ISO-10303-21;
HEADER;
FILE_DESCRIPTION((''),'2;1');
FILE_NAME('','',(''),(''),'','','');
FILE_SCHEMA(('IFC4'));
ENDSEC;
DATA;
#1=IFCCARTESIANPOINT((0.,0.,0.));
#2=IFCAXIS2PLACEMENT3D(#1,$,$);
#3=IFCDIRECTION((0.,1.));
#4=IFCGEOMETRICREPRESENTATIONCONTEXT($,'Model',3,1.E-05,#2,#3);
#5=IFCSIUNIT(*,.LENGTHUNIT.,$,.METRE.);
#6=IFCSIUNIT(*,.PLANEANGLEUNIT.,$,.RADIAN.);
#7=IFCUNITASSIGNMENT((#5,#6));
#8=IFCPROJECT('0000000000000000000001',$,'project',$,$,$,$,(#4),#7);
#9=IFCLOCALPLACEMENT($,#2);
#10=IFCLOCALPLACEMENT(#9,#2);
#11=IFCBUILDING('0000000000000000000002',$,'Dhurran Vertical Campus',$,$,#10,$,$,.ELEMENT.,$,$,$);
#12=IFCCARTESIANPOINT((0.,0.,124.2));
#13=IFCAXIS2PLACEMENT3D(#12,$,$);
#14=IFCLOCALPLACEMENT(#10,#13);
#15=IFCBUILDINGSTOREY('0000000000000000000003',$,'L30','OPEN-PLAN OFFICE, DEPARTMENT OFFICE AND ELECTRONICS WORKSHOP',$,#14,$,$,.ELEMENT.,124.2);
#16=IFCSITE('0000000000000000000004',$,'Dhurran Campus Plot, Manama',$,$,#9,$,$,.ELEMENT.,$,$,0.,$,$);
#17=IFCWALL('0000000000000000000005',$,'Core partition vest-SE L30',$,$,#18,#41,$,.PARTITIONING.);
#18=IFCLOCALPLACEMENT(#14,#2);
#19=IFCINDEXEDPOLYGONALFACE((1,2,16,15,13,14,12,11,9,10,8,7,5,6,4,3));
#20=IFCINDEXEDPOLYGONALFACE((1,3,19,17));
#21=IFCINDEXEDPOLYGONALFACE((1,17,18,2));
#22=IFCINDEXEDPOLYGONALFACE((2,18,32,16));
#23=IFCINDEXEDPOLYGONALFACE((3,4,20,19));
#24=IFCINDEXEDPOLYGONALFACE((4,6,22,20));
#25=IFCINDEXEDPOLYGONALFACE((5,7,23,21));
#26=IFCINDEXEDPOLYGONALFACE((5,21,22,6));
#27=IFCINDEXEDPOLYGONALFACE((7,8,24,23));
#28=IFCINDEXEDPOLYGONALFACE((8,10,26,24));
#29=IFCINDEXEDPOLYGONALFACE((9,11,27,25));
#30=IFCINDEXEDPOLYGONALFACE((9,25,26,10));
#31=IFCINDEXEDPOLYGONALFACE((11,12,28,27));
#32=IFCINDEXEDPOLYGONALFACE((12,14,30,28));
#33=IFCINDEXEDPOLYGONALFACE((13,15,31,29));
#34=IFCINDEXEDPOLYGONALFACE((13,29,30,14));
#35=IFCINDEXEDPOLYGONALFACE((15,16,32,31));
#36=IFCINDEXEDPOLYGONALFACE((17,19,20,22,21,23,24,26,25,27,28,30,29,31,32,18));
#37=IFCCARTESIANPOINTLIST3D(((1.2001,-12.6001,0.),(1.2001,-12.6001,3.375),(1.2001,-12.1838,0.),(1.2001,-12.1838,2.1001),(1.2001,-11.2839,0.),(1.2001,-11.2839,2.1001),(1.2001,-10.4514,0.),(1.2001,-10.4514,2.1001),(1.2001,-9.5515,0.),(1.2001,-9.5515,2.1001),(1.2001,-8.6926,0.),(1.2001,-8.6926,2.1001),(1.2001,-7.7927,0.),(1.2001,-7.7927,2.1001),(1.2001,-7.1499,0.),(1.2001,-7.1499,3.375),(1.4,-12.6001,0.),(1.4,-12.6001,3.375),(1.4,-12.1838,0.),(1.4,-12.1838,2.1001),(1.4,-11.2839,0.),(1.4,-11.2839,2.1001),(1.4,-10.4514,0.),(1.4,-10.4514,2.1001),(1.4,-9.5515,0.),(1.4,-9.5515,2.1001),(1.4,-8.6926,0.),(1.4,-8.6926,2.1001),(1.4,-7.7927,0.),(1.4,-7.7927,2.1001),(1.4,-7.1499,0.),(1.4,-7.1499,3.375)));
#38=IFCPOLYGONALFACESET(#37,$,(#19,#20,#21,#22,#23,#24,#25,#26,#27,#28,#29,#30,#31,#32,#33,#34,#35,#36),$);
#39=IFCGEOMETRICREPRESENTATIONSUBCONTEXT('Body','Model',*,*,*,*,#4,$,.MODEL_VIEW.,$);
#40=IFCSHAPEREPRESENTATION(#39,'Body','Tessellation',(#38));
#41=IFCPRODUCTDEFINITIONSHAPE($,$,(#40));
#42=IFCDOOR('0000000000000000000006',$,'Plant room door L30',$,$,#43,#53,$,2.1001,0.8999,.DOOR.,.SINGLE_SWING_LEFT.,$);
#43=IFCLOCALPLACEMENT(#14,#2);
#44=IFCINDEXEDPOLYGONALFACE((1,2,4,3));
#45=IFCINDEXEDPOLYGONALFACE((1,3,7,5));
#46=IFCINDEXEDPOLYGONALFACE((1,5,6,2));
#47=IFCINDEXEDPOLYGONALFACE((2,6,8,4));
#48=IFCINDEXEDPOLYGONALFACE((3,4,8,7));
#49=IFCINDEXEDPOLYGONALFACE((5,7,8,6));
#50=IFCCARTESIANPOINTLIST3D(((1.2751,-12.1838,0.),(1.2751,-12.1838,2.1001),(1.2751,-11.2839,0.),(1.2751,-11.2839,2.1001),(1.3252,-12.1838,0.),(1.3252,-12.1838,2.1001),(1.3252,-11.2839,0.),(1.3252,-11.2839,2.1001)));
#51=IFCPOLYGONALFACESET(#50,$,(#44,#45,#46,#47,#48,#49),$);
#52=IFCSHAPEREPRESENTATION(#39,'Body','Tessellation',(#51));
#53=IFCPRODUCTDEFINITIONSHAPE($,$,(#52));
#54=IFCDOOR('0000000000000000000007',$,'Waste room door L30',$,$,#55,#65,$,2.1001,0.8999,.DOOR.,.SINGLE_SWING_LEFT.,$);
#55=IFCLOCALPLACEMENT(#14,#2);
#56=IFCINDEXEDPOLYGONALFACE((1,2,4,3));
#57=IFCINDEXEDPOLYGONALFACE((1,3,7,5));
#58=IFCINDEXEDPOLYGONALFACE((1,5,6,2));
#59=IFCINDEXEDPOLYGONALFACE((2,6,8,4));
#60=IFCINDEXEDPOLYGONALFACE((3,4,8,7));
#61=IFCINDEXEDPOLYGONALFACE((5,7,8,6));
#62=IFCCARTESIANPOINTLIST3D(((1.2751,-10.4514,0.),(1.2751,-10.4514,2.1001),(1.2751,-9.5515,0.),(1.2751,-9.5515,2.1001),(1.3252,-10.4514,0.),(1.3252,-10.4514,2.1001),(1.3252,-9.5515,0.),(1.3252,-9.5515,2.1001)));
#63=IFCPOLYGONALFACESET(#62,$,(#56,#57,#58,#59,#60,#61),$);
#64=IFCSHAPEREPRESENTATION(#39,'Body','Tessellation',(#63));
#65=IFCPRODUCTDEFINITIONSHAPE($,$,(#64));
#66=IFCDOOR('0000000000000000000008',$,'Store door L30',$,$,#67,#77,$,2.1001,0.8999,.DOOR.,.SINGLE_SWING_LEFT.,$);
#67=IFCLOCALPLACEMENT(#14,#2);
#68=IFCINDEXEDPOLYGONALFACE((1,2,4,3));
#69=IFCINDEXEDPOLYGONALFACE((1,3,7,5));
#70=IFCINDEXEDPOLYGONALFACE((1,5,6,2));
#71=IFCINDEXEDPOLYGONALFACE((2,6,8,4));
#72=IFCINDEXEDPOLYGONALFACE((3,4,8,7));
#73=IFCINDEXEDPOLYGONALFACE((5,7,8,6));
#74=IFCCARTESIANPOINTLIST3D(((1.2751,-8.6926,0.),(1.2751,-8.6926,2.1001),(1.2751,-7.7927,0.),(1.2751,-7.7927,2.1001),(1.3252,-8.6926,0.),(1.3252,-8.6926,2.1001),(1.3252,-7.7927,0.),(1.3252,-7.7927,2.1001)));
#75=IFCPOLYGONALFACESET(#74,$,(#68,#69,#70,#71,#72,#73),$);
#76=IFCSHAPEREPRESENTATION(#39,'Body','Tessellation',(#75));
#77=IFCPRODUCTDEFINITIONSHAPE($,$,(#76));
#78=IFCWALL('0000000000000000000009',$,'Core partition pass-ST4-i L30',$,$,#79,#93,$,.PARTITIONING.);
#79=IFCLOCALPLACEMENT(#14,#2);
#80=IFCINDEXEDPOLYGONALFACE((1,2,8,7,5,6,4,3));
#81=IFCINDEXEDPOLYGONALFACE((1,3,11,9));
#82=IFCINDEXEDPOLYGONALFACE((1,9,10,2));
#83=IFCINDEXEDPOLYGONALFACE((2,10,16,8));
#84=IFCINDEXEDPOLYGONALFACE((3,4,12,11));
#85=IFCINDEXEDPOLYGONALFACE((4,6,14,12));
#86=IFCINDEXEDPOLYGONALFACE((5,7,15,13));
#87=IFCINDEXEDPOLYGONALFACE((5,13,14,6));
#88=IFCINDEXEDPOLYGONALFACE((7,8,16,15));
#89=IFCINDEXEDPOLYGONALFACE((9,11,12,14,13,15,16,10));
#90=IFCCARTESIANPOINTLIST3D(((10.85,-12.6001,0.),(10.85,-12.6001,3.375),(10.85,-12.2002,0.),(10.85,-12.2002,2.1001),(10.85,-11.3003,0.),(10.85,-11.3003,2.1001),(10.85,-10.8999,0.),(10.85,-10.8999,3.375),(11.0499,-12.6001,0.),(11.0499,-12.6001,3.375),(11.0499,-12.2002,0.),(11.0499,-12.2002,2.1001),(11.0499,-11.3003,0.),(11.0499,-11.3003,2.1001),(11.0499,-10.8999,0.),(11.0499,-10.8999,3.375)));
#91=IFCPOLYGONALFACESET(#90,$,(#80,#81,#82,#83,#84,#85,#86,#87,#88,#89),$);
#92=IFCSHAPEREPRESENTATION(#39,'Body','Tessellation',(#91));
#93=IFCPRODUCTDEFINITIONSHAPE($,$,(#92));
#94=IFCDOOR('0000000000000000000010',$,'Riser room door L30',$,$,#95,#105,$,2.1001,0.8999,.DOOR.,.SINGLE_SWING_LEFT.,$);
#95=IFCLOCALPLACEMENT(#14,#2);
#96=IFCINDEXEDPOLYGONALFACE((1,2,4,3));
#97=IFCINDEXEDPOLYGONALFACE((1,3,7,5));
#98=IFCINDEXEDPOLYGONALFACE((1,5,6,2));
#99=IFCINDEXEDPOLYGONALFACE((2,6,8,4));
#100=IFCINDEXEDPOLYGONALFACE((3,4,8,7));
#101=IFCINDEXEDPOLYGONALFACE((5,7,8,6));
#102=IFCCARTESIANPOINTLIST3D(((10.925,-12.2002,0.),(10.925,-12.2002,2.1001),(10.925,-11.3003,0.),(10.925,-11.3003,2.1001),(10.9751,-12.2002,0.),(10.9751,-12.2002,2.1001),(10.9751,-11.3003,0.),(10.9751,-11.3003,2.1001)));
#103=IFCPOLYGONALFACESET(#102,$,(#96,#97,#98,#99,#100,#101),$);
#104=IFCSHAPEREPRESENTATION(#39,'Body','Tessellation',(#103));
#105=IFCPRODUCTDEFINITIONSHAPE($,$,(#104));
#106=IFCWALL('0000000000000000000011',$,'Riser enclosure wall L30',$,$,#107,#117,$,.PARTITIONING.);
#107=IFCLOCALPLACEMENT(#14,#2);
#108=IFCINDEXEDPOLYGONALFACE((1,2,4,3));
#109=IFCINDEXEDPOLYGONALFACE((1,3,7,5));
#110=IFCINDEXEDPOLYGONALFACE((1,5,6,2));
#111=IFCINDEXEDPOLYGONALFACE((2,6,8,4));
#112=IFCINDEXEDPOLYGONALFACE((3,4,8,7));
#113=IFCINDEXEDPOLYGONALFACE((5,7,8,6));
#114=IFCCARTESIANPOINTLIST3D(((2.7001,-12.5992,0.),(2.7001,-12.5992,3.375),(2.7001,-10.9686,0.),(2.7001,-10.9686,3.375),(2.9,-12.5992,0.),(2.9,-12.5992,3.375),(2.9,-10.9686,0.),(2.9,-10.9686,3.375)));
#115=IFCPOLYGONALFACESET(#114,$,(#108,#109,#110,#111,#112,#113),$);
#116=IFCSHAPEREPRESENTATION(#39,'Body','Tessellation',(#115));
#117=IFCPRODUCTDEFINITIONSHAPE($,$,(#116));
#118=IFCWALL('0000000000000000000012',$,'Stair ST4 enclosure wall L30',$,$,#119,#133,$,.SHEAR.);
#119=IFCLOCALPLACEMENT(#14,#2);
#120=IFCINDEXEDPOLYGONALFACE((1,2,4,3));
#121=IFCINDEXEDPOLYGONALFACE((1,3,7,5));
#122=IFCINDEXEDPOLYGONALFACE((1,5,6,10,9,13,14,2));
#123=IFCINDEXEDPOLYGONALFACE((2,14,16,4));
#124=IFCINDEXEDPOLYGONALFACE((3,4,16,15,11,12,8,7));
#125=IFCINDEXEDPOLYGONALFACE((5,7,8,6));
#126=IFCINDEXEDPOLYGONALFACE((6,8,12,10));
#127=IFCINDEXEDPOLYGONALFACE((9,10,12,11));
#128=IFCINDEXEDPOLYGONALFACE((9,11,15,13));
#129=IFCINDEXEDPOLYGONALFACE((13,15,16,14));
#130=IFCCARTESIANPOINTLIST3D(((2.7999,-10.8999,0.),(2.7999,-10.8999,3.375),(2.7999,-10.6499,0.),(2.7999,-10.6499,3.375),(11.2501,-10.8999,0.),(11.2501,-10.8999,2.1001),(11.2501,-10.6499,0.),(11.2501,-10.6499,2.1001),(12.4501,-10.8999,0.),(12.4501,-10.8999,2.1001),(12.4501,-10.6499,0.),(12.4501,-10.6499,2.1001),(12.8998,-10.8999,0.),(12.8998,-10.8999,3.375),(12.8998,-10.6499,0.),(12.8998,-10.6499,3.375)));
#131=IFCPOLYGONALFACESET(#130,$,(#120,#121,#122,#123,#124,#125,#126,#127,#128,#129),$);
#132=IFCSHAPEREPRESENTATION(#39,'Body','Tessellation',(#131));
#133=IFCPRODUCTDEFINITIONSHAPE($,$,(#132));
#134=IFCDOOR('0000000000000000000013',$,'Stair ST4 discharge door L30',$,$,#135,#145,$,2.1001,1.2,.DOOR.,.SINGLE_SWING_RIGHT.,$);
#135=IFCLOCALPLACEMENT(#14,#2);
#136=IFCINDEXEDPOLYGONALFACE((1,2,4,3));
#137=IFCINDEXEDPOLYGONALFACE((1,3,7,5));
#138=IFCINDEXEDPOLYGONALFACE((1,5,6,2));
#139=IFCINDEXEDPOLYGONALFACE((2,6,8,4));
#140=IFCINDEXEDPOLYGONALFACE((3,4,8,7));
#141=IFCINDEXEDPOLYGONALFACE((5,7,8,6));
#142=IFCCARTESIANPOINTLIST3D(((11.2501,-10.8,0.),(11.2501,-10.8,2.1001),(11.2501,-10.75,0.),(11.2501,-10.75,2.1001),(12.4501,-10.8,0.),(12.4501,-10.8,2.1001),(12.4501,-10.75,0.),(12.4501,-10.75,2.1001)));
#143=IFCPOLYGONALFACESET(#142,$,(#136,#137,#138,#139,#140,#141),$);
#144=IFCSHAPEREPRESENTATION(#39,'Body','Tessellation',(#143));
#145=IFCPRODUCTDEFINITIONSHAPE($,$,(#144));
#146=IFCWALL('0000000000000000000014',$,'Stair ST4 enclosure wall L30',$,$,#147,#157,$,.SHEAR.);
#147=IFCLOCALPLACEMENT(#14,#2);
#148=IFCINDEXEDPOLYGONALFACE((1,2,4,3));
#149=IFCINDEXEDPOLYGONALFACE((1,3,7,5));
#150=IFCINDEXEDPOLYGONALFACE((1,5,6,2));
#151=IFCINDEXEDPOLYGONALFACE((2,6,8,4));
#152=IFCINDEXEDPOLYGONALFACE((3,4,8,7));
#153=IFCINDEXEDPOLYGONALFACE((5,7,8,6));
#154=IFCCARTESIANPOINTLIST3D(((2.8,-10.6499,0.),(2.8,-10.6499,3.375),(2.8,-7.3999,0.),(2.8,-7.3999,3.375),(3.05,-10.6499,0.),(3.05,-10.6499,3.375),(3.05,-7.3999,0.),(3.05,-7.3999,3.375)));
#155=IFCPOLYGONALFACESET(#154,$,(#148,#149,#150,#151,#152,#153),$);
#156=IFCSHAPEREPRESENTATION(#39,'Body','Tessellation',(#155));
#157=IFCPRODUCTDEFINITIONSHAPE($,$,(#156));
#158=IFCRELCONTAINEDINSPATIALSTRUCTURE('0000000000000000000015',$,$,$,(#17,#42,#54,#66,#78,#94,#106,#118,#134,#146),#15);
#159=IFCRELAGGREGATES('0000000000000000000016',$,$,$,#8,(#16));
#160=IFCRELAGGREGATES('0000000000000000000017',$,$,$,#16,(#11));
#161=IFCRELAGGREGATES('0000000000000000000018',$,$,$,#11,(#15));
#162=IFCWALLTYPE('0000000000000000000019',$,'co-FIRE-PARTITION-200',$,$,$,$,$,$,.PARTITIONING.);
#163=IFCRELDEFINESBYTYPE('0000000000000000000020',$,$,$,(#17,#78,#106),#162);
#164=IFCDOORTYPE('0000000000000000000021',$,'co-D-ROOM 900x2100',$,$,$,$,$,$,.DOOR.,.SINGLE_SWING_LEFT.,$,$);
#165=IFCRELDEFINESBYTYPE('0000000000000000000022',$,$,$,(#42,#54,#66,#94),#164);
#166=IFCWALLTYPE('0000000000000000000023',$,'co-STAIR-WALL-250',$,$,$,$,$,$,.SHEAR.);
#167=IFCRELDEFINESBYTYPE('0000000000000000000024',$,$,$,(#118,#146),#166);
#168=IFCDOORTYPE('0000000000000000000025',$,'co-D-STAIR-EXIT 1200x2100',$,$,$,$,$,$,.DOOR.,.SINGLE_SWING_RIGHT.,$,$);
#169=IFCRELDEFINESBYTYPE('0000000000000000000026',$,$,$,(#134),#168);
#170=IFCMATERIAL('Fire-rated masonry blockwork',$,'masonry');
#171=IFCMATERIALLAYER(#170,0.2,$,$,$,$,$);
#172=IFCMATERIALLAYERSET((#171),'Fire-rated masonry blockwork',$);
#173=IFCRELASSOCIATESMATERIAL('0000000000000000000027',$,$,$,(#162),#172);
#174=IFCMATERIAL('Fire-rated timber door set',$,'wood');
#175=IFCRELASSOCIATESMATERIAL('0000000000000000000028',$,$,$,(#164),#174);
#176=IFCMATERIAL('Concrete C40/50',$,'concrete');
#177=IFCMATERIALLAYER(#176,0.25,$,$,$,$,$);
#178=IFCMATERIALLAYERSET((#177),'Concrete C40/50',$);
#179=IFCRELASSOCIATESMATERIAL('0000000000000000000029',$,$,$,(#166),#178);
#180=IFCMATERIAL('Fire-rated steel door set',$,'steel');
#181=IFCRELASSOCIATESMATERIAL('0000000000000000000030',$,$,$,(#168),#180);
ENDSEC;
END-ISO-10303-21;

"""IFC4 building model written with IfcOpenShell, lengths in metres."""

from ifc_helpers import new_model, si_unit, direction, frame, frame_2d, origin, place, context, subcontext, project, spatial, rectangle, extrude, material, layer, layer_set, type_object, element, fill, save


model = new_model("IFC4")

# Units and contexts
model_context = context("Model", 3, precision=1e-05, world=origin(), true_north=direction((0.0, 1.0)))
body_context = subcontext(model_context, "Body", "Model", "MODEL_VIEW")
ifc_project = project(units=[si_unit("LENGTHUNIT", "METRE"), si_unit("PLANEANGLEUNIT", "RADIAN")], contexts=[model_context])

# Site, building, storey
site_placement = place(None, origin())
site = spatial("IfcSite", under=ifc_project, at=site_placement, Name="Dhurran Campus Plot, Manama", CompositionType="ELEMENT", RefElevation=0.0)
building_placement = place(site_placement, origin())
building = spatial("IfcBuilding", under=site, at=building_placement, Name="Dhurran Vertical Campus", CompositionType="ELEMENT")
storey_placement = place(building_placement, frame((0.0, 0.0, 124.2)))
storey = spatial("IfcBuildingStorey", under=building, at=storey_placement, Name="L30", Description="OPEN-PLAN OFFICE, DEPARTMENT OFFICE AND ELECTRONICS WORKSHOP", CompositionType="ELEMENT", Elevation=124.2)

# Shared definitions
ifc_material_1 = material(Name="Fire-rated masonry blockwork", Category="masonry")
ifc_layer_1 = layer(ifc_material_1, 0.2)
ifc_layer_set_1 = layer_set([ifc_layer_1], Name="Fire-rated masonry blockwork")
wall_type_1 = type_object("IfcWallType", Name="co-FIRE-PARTITION-200", PredefinedType="PARTITIONING", material=ifc_layer_set_1)

# Wall, openings, doors
wall_1_placement = place(storey_placement, frame((1.3, -12.6001, 0.0), z_axis=(0.0, 0.0, 1.0), x_axis=(0.0, 1.0, 0.0)))
wall_1 = element("IfcWall", 1, at=wall_1_placement, inside=storey, type_object=wall_type_1, Name="Core partition vest-SE L30", PredefinedType="PARTITIONING", context=body_context, shape_type="SweptSolid", body=[
    extrude(rectangle(XDim=5.4502, YDim=0.2, at=frame_2d((2.7251, 0.0))), origin(), (0.0, 0.0, 1.0), 3.375),
])
opening_1_placement = place(wall_1_placement, frame((0.4163, 0.0, 0.0)))
opening_1 = element("IfcOpeningElement", 2, at=opening_1_placement, cuts=wall_1, PredefinedType="OPENING", context=body_context, shape_type="SweptSolid", body=[
    extrude(rectangle(XDim=0.8999, YDim=2.1001, at=frame_2d((0.45, 1.05))), frame((0.0, 0.1099, 0.0), z_axis=(0.0, -1.0, 0.0), x_axis=(1.0, 0.0, 0.0)), (0.0, 0.0, 1.0), 0.22),
])
opening_2_placement = place(wall_1_placement, frame((2.1487, 0.0, 0.0)))
opening_2 = element("IfcOpeningElement", 3, at=opening_2_placement, cuts=wall_1, PredefinedType="OPENING", context=body_context, shape_type="SweptSolid", body=[
    extrude(rectangle(XDim=0.8999, YDim=2.1001, at=frame_2d((0.45, 1.05))), frame((0.0, 0.1099, 0.0), z_axis=(0.0, -1.0, 0.0), x_axis=(1.0, 0.0, 0.0)), (0.0, 0.0, 1.0), 0.22),
])
opening_3_placement = place(wall_1_placement, frame((3.9075, 0.0, 0.0)))
opening_3 = element("IfcOpeningElement", 4, at=opening_3_placement, cuts=wall_1, PredefinedType="OPENING", context=body_context, shape_type="SweptSolid", body=[
    extrude(rectangle(XDim=0.8999, YDim=2.1001, at=frame_2d((0.45, 1.05))), frame((0.0, 0.1099, 0.0), z_axis=(0.0, -1.0, 0.0), x_axis=(1.0, 0.0, 0.0)), (0.0, 0.0, 1.0), 0.22),
])
ifc_material_2 = material(Name="Fire-rated timber door set", Category="wood")
door_type_1 = type_object("IfcDoorType", Name="co-D-ROOM 900x2100", OperationType="SINGLE_SWING_LEFT", PredefinedType="DOOR", material=ifc_material_2)
door_1_placement = place(opening_1_placement, origin())
door_1 = element("IfcDoor", 5, at=door_1_placement, inside=storey, type_object=door_type_1, Name="Plant room door L30", OperationType="SINGLE_SWING_LEFT", OverallHeight=2.1001, OverallWidth=0.8999, PredefinedType="DOOR", context=body_context, shape_type="SweptSolid", body=[
    extrude(rectangle(XDim=0.8999, YDim=2.1001, at=frame_2d((0.45, 1.05))), frame((0.0, 0.0249, 0.0), z_axis=(0.0, -1.0, 0.0), x_axis=(1.0, 0.0, 0.0)), (0.0, 0.0, 1.0), 0.05),
])
fill(opening_1, door_1)
door_2_placement = place(opening_2_placement, origin())
door_2 = element("IfcDoor", 6, at=door_2_placement, inside=storey, type_object=door_type_1, Name="Waste room door L30", OperationType="SINGLE_SWING_LEFT", OverallHeight=2.1001, OverallWidth=0.8999, PredefinedType="DOOR", context=body_context, shape_type="SweptSolid", body=[
    extrude(rectangle(XDim=0.8999, YDim=2.1001, at=frame_2d((0.45, 1.05))), frame((0.0, 0.0249, 0.0), z_axis=(0.0, -1.0, 0.0), x_axis=(1.0, 0.0, 0.0)), (0.0, 0.0, 1.0), 0.05),
])
fill(opening_2, door_2)
door_3_placement = place(opening_3_placement, origin())
door_3 = element("IfcDoor", 7, at=door_3_placement, inside=storey, type_object=door_type_1, Name="Store door L30", OperationType="SINGLE_SWING_LEFT", OverallHeight=2.1001, OverallWidth=0.8999, PredefinedType="DOOR", context=body_context, shape_type="SweptSolid", body=[
    extrude(rectangle(XDim=0.8999, YDim=2.1001, at=frame_2d((0.45, 1.05))), frame((0.0, 0.0249, 0.0), z_axis=(0.0, -1.0, 0.0), x_axis=(1.0, 0.0, 0.0)), (0.0, 0.0, 1.0), 0.05),
])
fill(opening_3, door_3)

# Wall, opening, door
wall_2_placement = place(storey_placement, frame((10.95, -12.6001, 0.0), z_axis=(0.0, 0.0, 1.0), x_axis=(0.0, 1.0, 0.0)))
wall_2 = element("IfcWall", 8, at=wall_2_placement, inside=storey, type_object=wall_type_1, Name="Core partition pass-ST4-i L30", PredefinedType="PARTITIONING", context=body_context, shape_type="SweptSolid", body=[
    extrude(rectangle(XDim=1.7002, YDim=0.2, at=frame_2d((0.8501, 0.0))), origin(), (0.0, 0.0, 1.0), 3.375),
])
opening_4_placement = place(wall_2_placement, frame((0.3999, 0.0, 0.0)))
opening_4 = element("IfcOpeningElement", 9, at=opening_4_placement, cuts=wall_2, PredefinedType="OPENING", context=body_context, shape_type="SweptSolid", body=[
    extrude(rectangle(XDim=0.8999, YDim=2.1001, at=frame_2d((0.45, 1.05))), frame((0.0, 0.1099, 0.0), z_axis=(0.0, -1.0, 0.0), x_axis=(1.0, 0.0, 0.0)), (0.0, 0.0, 1.0), 0.22),
])
door_4_placement = place(opening_4_placement, origin())
door_4 = element("IfcDoor", 10, at=door_4_placement, inside=storey, type_object=door_type_1, Name="Riser room door L30", OperationType="SINGLE_SWING_LEFT", OverallHeight=2.1001, OverallWidth=0.8999, PredefinedType="DOOR", context=body_context, shape_type="SweptSolid", body=[
    extrude(rectangle(XDim=0.8999, YDim=2.1001, at=frame_2d((0.45, 1.05))), frame((0.0, 0.0249, 0.0), z_axis=(0.0, -1.0, 0.0), x_axis=(1.0, 0.0, 0.0)), (0.0, 0.0, 1.0), 0.05),
])
fill(opening_4, door_4)

# Wall
wall_3_placement = place(storey_placement, frame((2.8, -10.9685, 0.0), z_axis=(0.0, 0.0, 1.0), x_axis=(0.0, -1.0, 0.0)))
element("IfcWall", 11, at=wall_3_placement, inside=storey, type_object=wall_type_1, Name="Riser enclosure wall L30", PredefinedType="PARTITIONING", context=body_context, shape_type="SweptSolid", body=[
    extrude(rectangle(XDim=1.6306, YDim=0.2, at=frame_2d((0.8154, 0.0))), origin(), (0.0, 0.0, 1.0), 3.375),
])

# Wall, opening, door
ifc_material_3 = material(Name="Concrete C40/50", Category="concrete")
ifc_layer_2 = layer(ifc_material_3, 0.25)
ifc_layer_set_2 = layer_set([ifc_layer_2], Name="Concrete C40/50")
wall_type_2 = type_object("IfcWallType", Name="co-STAIR-WALL-250", PredefinedType="SHEAR", material=ifc_layer_set_2)
wall_4_placement = place(storey_placement, frame((2.8, -10.7749, 0.0), z_axis=(0.0, 0.0, 1.0), x_axis=(1.0, 0.0, 0.0)))
wall_4 = element("IfcWall", 12, at=wall_4_placement, inside=storey, type_object=wall_type_2, Name="Stair ST4 enclosure wall L30", PredefinedType="SHEAR", context=body_context, shape_type="SweptSolid", body=[
    extrude(rectangle(XDim=10.0999, YDim=0.25, at=frame_2d((5.0498, 0.0))), origin(), (0.0, 0.0, 1.0), 3.375),
])
opening_5_placement = place(wall_4_placement, frame((8.45, 0.0, 0.0)))
opening_5 = element("IfcOpeningElement", 13, at=opening_5_placement, cuts=wall_4, PredefinedType="OPENING", context=body_context, shape_type="SweptSolid", body=[
    extrude(rectangle(XDim=1.2, YDim=2.1001, at=frame_2d((0.6001, 1.05))), frame((0.0, 0.135, 0.0), z_axis=(0.0, -1.0, 0.0), x_axis=(1.0, 0.0, 0.0)), (0.0, 0.0, 1.0), 0.27),
])
ifc_material_4 = material(Name="Fire-rated steel door set", Category="steel")
door_type_2 = type_object("IfcDoorType", Name="co-D-STAIR-EXIT 1200x2100", OperationType="SINGLE_SWING_RIGHT", PredefinedType="DOOR", material=ifc_material_4)
door_5_placement = place(opening_5_placement, origin())
door_5 = element("IfcDoor", 14, at=door_5_placement, inside=storey, type_object=door_type_2, Name="Stair ST4 discharge door L30", OperationType="SINGLE_SWING_RIGHT", OverallHeight=2.1001, OverallWidth=1.2, PredefinedType="DOOR", context=body_context, shape_type="SweptSolid", body=[
    extrude(rectangle(XDim=1.2, YDim=2.1001, at=frame_2d((0.6001, 1.05))), frame((0.0, 0.0249, 0.0), z_axis=(0.0, -1.0, 0.0), x_axis=(1.0, 0.0, 0.0)), (0.0, 0.0, 1.0), 0.05),
])
fill(opening_5, door_5)

# Wall
wall_5_placement = place(storey_placement, frame((2.925, -10.6499, 0.0), z_axis=(0.0, 0.0, 1.0), x_axis=(0.0, 1.0, 0.0)))
element("IfcWall", 15, at=wall_5_placement, inside=storey, type_object=wall_type_2, Name="Stair ST4 enclosure wall L30", PredefinedType="SHEAR", context=body_context, shape_type="SweptSolid", body=[
    extrude(rectangle(XDim=3.25, YDim=0.25, at=frame_2d((1.625, 0.0))), origin(), (0.0, 0.0, 1.0), 3.375),
])

save(model, "model.ifc")
